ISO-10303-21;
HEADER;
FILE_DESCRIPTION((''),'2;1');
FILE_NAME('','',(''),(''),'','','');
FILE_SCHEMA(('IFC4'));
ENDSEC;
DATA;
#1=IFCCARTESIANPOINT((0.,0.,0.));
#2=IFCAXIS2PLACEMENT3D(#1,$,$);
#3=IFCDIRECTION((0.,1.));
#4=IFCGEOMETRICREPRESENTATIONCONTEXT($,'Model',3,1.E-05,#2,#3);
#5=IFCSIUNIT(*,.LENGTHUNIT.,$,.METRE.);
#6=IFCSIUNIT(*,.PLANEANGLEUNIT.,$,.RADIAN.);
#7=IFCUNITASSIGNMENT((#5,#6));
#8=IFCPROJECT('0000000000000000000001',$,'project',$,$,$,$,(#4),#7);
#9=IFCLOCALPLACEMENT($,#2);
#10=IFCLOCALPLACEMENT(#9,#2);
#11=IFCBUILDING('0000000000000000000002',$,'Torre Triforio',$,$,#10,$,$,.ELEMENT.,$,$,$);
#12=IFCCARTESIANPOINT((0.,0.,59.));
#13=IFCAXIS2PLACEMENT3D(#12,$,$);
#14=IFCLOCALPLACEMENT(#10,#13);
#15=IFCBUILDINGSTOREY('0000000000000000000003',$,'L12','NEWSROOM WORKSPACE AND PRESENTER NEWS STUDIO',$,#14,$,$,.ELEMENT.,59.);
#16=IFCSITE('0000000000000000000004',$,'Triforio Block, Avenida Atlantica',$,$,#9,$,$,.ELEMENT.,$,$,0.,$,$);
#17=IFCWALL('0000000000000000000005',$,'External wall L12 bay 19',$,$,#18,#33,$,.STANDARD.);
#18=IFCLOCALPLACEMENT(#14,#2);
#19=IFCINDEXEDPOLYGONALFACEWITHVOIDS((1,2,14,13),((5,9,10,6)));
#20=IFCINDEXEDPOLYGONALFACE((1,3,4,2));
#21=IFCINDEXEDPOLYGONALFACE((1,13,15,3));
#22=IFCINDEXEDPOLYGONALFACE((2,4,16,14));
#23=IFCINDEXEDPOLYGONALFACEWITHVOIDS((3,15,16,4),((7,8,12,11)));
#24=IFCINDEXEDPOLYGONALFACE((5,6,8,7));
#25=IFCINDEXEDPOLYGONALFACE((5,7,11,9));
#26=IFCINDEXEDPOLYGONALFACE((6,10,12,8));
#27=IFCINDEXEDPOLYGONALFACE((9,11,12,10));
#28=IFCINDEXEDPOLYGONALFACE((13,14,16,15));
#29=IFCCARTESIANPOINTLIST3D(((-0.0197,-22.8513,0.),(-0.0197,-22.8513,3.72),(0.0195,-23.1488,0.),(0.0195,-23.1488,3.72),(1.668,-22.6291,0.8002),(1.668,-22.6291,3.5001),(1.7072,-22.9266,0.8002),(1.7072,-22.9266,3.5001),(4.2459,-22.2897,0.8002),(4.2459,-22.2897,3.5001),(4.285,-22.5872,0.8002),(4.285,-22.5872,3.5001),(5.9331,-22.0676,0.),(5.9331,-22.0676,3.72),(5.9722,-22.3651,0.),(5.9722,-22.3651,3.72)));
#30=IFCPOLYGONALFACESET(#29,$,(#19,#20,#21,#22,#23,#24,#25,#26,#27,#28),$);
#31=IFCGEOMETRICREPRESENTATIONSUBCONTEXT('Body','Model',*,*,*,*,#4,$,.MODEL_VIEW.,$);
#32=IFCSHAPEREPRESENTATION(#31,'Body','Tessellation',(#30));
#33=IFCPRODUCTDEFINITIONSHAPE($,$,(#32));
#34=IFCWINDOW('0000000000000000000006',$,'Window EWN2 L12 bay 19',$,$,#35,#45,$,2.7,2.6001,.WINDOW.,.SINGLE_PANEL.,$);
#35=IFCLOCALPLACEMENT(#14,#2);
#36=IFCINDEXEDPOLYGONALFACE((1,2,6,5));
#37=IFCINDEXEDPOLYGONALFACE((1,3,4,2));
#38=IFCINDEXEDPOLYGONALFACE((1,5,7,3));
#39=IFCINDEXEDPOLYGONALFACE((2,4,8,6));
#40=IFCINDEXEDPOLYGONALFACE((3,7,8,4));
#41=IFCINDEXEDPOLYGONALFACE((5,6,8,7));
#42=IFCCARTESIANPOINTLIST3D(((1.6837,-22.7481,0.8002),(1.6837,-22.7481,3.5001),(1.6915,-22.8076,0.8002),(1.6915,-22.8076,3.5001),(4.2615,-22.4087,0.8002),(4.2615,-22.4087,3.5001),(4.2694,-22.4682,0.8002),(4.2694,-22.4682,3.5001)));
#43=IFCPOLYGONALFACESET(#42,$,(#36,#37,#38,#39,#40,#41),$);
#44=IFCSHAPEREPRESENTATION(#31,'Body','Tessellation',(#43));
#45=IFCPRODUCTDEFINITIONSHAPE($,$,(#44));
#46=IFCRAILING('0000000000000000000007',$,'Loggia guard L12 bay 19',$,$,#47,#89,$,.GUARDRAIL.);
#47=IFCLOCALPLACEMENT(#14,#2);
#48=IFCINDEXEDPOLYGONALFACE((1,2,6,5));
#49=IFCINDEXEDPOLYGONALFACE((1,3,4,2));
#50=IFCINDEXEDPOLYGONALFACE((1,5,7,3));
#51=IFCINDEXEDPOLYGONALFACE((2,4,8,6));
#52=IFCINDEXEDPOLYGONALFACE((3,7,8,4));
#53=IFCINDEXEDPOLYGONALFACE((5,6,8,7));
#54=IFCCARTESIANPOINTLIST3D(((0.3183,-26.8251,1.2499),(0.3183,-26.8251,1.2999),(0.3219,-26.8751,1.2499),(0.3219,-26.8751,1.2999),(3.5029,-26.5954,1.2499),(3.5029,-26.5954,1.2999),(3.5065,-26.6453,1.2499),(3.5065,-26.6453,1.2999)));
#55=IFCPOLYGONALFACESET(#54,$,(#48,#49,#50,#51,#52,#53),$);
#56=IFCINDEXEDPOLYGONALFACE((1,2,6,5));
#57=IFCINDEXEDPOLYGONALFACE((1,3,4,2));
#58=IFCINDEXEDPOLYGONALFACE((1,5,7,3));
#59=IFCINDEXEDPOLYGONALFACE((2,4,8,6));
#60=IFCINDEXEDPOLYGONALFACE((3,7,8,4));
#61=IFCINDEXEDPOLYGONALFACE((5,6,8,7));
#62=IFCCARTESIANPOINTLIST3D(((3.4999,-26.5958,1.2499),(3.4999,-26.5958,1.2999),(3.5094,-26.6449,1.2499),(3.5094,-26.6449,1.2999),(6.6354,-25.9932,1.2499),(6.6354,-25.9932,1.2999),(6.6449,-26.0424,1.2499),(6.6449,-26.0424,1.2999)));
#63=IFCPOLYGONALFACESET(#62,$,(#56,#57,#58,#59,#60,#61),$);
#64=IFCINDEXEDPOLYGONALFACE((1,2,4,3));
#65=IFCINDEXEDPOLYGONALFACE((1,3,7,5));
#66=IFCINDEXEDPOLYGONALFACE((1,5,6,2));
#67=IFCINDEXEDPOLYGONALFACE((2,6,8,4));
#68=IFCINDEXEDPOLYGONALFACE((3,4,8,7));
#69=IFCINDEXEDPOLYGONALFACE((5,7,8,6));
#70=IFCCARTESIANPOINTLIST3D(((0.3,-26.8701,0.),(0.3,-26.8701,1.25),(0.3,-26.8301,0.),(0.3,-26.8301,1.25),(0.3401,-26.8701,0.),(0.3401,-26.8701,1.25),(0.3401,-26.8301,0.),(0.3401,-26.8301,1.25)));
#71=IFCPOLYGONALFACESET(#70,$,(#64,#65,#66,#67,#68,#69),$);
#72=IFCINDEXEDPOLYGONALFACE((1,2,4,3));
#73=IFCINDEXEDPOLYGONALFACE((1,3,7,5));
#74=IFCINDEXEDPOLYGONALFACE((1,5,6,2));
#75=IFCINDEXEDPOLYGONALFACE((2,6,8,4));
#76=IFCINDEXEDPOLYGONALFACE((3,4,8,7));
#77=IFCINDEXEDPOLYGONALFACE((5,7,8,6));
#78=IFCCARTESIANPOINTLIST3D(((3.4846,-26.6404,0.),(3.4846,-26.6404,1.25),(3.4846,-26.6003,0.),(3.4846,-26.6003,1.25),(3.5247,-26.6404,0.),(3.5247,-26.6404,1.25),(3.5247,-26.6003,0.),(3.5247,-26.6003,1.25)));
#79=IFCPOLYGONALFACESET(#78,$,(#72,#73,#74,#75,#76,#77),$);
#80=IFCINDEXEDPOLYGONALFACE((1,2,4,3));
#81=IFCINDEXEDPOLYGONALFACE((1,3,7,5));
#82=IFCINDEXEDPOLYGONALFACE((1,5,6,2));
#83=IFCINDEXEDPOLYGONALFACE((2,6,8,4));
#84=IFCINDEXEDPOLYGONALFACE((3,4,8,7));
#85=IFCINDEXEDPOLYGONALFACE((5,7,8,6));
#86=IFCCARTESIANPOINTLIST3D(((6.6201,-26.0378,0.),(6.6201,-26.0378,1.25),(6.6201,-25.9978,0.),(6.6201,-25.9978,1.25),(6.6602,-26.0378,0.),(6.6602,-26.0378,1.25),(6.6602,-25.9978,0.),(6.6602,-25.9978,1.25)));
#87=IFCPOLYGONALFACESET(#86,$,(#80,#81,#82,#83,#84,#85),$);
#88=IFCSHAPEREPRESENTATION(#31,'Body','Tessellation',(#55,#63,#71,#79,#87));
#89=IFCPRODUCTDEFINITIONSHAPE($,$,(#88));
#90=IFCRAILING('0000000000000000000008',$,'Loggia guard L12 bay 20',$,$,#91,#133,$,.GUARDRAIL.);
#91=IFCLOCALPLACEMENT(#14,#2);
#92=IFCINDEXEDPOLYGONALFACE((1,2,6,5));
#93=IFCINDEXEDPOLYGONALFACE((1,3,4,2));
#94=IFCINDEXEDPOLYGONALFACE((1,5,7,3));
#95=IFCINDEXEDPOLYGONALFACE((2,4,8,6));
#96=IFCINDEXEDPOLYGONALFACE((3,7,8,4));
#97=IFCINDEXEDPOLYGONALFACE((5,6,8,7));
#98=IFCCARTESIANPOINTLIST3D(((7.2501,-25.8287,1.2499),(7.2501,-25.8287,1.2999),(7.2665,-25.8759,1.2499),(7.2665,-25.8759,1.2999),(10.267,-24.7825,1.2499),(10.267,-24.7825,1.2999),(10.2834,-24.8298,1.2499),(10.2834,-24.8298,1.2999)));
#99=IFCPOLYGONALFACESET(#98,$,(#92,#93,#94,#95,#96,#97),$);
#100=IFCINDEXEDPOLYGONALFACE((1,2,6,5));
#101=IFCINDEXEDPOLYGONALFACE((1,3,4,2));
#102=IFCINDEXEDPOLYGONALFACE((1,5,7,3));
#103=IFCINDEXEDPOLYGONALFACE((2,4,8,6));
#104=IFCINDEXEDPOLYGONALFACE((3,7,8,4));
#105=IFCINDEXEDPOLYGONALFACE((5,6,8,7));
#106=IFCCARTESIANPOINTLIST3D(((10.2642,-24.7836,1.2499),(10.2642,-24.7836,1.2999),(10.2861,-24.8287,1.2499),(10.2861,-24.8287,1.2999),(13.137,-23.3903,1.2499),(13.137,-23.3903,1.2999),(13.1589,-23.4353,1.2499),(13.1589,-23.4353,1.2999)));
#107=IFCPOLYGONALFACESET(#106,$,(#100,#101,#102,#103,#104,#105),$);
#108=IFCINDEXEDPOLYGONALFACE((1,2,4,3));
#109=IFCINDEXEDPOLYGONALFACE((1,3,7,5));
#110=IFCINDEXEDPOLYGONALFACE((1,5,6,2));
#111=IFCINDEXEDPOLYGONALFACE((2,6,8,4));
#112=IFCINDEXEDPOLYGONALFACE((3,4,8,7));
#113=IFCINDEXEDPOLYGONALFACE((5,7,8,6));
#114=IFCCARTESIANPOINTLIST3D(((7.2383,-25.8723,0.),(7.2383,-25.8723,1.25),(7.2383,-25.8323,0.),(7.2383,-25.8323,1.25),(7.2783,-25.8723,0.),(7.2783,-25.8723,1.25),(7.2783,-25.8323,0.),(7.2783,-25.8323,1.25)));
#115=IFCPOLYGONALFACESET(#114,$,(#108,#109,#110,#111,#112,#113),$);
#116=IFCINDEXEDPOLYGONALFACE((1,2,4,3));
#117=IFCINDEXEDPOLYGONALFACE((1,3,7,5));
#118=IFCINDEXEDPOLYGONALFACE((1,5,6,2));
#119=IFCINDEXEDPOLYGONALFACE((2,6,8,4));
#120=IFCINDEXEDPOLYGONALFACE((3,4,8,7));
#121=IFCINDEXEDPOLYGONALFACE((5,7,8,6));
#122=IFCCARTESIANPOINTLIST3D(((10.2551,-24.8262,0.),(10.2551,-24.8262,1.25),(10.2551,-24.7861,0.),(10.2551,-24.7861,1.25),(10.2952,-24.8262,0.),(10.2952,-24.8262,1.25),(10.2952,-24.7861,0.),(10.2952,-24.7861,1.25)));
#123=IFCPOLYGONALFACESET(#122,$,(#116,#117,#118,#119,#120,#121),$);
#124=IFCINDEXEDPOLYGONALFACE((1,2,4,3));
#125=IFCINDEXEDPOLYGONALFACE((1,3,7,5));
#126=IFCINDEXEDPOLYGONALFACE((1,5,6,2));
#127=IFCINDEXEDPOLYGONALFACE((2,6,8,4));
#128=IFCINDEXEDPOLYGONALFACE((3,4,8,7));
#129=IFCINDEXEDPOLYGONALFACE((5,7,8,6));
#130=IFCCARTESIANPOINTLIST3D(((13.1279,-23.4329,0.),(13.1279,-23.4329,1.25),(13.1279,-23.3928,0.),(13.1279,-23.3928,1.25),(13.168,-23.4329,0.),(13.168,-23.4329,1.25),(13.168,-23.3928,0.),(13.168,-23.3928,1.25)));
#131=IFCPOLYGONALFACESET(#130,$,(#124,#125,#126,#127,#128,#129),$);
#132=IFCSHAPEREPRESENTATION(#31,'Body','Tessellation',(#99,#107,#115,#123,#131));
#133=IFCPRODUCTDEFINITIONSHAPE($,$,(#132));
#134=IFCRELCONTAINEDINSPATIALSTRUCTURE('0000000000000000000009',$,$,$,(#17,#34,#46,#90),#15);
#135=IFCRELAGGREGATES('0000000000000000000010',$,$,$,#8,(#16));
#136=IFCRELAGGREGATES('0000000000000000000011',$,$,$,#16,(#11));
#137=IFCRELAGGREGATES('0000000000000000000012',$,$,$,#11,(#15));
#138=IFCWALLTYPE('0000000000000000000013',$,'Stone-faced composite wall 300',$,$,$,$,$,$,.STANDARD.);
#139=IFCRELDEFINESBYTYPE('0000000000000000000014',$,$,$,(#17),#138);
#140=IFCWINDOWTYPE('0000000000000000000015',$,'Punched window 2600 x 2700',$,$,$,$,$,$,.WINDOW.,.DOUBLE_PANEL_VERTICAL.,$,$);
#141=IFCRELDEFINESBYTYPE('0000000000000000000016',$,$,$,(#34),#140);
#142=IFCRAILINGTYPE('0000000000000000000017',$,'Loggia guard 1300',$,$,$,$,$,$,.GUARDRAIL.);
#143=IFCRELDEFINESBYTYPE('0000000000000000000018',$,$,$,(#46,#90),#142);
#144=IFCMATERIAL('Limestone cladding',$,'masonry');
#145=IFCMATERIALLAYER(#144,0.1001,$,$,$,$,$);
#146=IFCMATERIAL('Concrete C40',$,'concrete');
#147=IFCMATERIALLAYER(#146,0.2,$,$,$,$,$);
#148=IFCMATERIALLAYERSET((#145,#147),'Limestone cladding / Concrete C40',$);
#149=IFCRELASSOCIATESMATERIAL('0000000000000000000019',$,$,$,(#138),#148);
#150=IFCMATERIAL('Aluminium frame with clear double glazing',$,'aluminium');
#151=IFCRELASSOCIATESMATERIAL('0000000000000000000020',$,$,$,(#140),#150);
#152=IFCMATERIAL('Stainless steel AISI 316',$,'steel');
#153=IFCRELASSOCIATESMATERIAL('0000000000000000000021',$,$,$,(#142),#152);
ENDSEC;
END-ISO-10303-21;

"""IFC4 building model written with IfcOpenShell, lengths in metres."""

from ifc_helpers import new_model, si_unit, direction, frame, frame_2d, origin, origin_2d, place, context, subcontext, project, spatial, rectangle, extrude, material, layer, layer_set, type_object, element, fill, save


model = new_model("IFC4")

# Units and contexts
model_context = context("Model", 3, precision=1e-05, world=origin(), true_north=direction((0.0, 1.0)))
body_context = subcontext(model_context, "Body", "Model", "MODEL_VIEW")
ifc_project = project(units=[si_unit("LENGTHUNIT", "METRE"), si_unit("PLANEANGLEUNIT", "RADIAN")], contexts=[model_context])

# Site, building, storey
site_placement = place(None, origin())
site = spatial("IfcSite", under=ifc_project, at=site_placement, Name="Triforio Block, Avenida Atlantica", CompositionType="ELEMENT", RefElevation=0.0)
building_placement = place(site_placement, origin())
building = spatial("IfcBuilding", under=site, at=building_placement, Name="Torre Triforio", CompositionType="ELEMENT")
storey_placement = place(building_placement, frame((0.0, 0.0, 59.0)))
storey = spatial("IfcBuildingStorey", under=building, at=storey_placement, Name="L12", Description="NEWSROOM WORKSPACE AND PRESENTER NEWS STUDIO", CompositionType="ELEMENT", Elevation=59.0)

# Wall, opening, window
ifc_material_1 = material(Name="Limestone cladding", Category="masonry")
ifc_layer_1 = layer(ifc_material_1, 0.1001)
ifc_material_2 = material(Name="Concrete C40", Category="concrete")
ifc_layer_2 = layer(ifc_material_2, 0.2)
ifc_layer_set_1 = layer_set([ifc_layer_1, ifc_layer_2], Name="Limestone cladding / Concrete C40")
wall_type_1 = type_object("IfcWallType", Name="Stone-faced composite wall 300", PredefinedType="STANDARD", material=ifc_layer_set_1)
wall_1_placement = place(storey_placement, frame((0.0, -23.0, 0.0), z_axis=(0.0, 0.0, 1.0), x_axis=(0.991445, 0.130523, 0.0)))
wall_1 = element("IfcWall", 1, at=wall_1_placement, inside=storey, type_object=wall_type_1, Name="External wall L12 bay 19", PredefinedType="STANDARD", context=body_context, shape_type="SweptSolid", body=[
    extrude(rectangle(XDim=6.0042, YDim=0.3, at=frame_2d((3.002, 0.0))), origin(), (0.0, 0.0, 1.0), 3.72),
])
opening_1_placement = place(wall_1_placement, frame((1.7021, 0.0, 0.8)))
opening_1 = element("IfcOpeningElement", 2, at=opening_1_placement, cuts=wall_1, PredefinedType="OPENING", context=body_context, shape_type="SweptSolid", body=[
    extrude(rectangle(XDim=2.6001, YDim=2.7, at=frame_2d((1.3, 1.3501))), frame((0.0, 0.1599, 0.0), z_axis=(0.0, -1.0, 0.0), x_axis=(1.0, 0.0, 0.0)), (0.0, 0.0, 1.0), 0.3201),
])
ifc_material_3 = material(Name="Aluminium frame with clear double glazing", Category="aluminium")
window_type_1 = type_object("IfcWindowType", Name="Punched window 2600 x 2700", PartitioningType="DOUBLE_PANEL_VERTICAL", PredefinedType="WINDOW", material=ifc_material_3)
window_1_placement = place(opening_1_placement, origin())
window_1 = element("IfcWindow", 3, at=window_1_placement, inside=storey, type_object=window_type_1, Name="Window EWN2 L12 bay 19", OverallHeight=2.7, OverallWidth=2.6001, PartitioningType="SINGLE_PANEL", PredefinedType="WINDOW", context=body_context, shape_type="SweptSolid", body=[
    extrude(rectangle(XDim=2.6001, YDim=2.7, at=frame_2d((1.3, 1.3501))), frame((0.0, 0.03, 0.0), z_axis=(0.0, -1.0, 0.0), x_axis=(1.0, 0.0, 0.0)), (0.0, 0.0, 1.0), 0.0601),
])
fill(opening_1, window_1)

# Railings
ifc_material_4 = material(Name="Stainless steel AISI 316", Category="steel")
railing_type = type_object("IfcRailingType", Name="Loggia guard 1300", PredefinedType="GUARDRAIL", material=ifc_material_4)
railing_1_placement = place(storey_placement, frame((0.3201, -26.8501, 0.0)))
element("IfcRailing", 4, at=railing_1_placement, inside=storey, type_object=railing_type, Name="Loggia guard L12 bay 19", PredefinedType="GUARDRAIL", context=body_context, shape_type="SweptSolid", body=[
    extrude(rectangle(XDim=0.05, YDim=0.05, at=origin_2d()), frame((0.0, 0.0, 1.2749), z_axis=(0.997408, 0.071953, 0.0), x_axis=(-0.071953, 0.997408, 0.0)), (0.0, 0.0, 1.0), 3.1929),
    extrude(rectangle(XDim=0.05, YDim=0.05, at=origin_2d()), frame((3.1846, 0.2297, 1.2749), z_axis=(0.982032, 0.188714, 0.0), x_axis=(-0.188714, 0.982032, 0.0)), (0.0, 0.0, 1.0), 3.1929),
    extrude(rectangle(XDim=0.04, YDim=0.04, at=origin_2d()), origin(), (0.0, 0.0, 1.0), 1.25),
    extrude(rectangle(XDim=0.04, YDim=0.04, at=origin_2d()), frame((3.1846, 0.2297, 0.0)), (0.0, 0.0, 1.0), 1.25),
    extrude(rectangle(XDim=0.04, YDim=0.04, at=origin_2d()), frame((6.3201, 0.8323, 0.0)), (0.0, 0.0, 1.0), 1.25),
])
railing_2_placement = place(storey_placement, frame((7.2583, -25.8523, 0.0)))
element("IfcRailing", 5, at=railing_2_placement, inside=storey, type_object=railing_type, Name="Loggia guard L12 bay 20", PredefinedType="GUARDRAIL", context=body_context, shape_type="SweptSolid", body=[
    extrude(rectangle(XDim=0.05, YDim=0.05, at=origin_2d()), frame((0.0, 0.0, 1.2749), z_axis=(0.944807, 0.327628, 0.0), x_axis=(-0.327628, 0.944807, 0.0)), (0.0, 0.0, 1.0), 3.1931),
    extrude(rectangle(XDim=0.05, YDim=0.05, at=origin_2d()), frame((3.0168, 1.0461, 1.2749), z_axis=(0.89976, 0.436384, 0.0), x_axis=(-0.436384, 0.89976, 0.0)), (0.0, 0.0, 1.0), 3.1929),
    extrude(rectangle(XDim=0.04, YDim=0.04, at=origin_2d()), origin(), (0.0, 0.0, 1.0), 1.25),
    extrude(rectangle(XDim=0.04, YDim=0.04, at=origin_2d()), frame((3.0168, 1.0461, 0.0)), (0.0, 0.0, 1.0), 1.25),
    extrude(rectangle(XDim=0.04, YDim=0.04, at=origin_2d()), frame((5.8896, 2.4395, 0.0)), (0.0, 0.0, 1.0), 1.25),
])

save(model, "model.ifc")
